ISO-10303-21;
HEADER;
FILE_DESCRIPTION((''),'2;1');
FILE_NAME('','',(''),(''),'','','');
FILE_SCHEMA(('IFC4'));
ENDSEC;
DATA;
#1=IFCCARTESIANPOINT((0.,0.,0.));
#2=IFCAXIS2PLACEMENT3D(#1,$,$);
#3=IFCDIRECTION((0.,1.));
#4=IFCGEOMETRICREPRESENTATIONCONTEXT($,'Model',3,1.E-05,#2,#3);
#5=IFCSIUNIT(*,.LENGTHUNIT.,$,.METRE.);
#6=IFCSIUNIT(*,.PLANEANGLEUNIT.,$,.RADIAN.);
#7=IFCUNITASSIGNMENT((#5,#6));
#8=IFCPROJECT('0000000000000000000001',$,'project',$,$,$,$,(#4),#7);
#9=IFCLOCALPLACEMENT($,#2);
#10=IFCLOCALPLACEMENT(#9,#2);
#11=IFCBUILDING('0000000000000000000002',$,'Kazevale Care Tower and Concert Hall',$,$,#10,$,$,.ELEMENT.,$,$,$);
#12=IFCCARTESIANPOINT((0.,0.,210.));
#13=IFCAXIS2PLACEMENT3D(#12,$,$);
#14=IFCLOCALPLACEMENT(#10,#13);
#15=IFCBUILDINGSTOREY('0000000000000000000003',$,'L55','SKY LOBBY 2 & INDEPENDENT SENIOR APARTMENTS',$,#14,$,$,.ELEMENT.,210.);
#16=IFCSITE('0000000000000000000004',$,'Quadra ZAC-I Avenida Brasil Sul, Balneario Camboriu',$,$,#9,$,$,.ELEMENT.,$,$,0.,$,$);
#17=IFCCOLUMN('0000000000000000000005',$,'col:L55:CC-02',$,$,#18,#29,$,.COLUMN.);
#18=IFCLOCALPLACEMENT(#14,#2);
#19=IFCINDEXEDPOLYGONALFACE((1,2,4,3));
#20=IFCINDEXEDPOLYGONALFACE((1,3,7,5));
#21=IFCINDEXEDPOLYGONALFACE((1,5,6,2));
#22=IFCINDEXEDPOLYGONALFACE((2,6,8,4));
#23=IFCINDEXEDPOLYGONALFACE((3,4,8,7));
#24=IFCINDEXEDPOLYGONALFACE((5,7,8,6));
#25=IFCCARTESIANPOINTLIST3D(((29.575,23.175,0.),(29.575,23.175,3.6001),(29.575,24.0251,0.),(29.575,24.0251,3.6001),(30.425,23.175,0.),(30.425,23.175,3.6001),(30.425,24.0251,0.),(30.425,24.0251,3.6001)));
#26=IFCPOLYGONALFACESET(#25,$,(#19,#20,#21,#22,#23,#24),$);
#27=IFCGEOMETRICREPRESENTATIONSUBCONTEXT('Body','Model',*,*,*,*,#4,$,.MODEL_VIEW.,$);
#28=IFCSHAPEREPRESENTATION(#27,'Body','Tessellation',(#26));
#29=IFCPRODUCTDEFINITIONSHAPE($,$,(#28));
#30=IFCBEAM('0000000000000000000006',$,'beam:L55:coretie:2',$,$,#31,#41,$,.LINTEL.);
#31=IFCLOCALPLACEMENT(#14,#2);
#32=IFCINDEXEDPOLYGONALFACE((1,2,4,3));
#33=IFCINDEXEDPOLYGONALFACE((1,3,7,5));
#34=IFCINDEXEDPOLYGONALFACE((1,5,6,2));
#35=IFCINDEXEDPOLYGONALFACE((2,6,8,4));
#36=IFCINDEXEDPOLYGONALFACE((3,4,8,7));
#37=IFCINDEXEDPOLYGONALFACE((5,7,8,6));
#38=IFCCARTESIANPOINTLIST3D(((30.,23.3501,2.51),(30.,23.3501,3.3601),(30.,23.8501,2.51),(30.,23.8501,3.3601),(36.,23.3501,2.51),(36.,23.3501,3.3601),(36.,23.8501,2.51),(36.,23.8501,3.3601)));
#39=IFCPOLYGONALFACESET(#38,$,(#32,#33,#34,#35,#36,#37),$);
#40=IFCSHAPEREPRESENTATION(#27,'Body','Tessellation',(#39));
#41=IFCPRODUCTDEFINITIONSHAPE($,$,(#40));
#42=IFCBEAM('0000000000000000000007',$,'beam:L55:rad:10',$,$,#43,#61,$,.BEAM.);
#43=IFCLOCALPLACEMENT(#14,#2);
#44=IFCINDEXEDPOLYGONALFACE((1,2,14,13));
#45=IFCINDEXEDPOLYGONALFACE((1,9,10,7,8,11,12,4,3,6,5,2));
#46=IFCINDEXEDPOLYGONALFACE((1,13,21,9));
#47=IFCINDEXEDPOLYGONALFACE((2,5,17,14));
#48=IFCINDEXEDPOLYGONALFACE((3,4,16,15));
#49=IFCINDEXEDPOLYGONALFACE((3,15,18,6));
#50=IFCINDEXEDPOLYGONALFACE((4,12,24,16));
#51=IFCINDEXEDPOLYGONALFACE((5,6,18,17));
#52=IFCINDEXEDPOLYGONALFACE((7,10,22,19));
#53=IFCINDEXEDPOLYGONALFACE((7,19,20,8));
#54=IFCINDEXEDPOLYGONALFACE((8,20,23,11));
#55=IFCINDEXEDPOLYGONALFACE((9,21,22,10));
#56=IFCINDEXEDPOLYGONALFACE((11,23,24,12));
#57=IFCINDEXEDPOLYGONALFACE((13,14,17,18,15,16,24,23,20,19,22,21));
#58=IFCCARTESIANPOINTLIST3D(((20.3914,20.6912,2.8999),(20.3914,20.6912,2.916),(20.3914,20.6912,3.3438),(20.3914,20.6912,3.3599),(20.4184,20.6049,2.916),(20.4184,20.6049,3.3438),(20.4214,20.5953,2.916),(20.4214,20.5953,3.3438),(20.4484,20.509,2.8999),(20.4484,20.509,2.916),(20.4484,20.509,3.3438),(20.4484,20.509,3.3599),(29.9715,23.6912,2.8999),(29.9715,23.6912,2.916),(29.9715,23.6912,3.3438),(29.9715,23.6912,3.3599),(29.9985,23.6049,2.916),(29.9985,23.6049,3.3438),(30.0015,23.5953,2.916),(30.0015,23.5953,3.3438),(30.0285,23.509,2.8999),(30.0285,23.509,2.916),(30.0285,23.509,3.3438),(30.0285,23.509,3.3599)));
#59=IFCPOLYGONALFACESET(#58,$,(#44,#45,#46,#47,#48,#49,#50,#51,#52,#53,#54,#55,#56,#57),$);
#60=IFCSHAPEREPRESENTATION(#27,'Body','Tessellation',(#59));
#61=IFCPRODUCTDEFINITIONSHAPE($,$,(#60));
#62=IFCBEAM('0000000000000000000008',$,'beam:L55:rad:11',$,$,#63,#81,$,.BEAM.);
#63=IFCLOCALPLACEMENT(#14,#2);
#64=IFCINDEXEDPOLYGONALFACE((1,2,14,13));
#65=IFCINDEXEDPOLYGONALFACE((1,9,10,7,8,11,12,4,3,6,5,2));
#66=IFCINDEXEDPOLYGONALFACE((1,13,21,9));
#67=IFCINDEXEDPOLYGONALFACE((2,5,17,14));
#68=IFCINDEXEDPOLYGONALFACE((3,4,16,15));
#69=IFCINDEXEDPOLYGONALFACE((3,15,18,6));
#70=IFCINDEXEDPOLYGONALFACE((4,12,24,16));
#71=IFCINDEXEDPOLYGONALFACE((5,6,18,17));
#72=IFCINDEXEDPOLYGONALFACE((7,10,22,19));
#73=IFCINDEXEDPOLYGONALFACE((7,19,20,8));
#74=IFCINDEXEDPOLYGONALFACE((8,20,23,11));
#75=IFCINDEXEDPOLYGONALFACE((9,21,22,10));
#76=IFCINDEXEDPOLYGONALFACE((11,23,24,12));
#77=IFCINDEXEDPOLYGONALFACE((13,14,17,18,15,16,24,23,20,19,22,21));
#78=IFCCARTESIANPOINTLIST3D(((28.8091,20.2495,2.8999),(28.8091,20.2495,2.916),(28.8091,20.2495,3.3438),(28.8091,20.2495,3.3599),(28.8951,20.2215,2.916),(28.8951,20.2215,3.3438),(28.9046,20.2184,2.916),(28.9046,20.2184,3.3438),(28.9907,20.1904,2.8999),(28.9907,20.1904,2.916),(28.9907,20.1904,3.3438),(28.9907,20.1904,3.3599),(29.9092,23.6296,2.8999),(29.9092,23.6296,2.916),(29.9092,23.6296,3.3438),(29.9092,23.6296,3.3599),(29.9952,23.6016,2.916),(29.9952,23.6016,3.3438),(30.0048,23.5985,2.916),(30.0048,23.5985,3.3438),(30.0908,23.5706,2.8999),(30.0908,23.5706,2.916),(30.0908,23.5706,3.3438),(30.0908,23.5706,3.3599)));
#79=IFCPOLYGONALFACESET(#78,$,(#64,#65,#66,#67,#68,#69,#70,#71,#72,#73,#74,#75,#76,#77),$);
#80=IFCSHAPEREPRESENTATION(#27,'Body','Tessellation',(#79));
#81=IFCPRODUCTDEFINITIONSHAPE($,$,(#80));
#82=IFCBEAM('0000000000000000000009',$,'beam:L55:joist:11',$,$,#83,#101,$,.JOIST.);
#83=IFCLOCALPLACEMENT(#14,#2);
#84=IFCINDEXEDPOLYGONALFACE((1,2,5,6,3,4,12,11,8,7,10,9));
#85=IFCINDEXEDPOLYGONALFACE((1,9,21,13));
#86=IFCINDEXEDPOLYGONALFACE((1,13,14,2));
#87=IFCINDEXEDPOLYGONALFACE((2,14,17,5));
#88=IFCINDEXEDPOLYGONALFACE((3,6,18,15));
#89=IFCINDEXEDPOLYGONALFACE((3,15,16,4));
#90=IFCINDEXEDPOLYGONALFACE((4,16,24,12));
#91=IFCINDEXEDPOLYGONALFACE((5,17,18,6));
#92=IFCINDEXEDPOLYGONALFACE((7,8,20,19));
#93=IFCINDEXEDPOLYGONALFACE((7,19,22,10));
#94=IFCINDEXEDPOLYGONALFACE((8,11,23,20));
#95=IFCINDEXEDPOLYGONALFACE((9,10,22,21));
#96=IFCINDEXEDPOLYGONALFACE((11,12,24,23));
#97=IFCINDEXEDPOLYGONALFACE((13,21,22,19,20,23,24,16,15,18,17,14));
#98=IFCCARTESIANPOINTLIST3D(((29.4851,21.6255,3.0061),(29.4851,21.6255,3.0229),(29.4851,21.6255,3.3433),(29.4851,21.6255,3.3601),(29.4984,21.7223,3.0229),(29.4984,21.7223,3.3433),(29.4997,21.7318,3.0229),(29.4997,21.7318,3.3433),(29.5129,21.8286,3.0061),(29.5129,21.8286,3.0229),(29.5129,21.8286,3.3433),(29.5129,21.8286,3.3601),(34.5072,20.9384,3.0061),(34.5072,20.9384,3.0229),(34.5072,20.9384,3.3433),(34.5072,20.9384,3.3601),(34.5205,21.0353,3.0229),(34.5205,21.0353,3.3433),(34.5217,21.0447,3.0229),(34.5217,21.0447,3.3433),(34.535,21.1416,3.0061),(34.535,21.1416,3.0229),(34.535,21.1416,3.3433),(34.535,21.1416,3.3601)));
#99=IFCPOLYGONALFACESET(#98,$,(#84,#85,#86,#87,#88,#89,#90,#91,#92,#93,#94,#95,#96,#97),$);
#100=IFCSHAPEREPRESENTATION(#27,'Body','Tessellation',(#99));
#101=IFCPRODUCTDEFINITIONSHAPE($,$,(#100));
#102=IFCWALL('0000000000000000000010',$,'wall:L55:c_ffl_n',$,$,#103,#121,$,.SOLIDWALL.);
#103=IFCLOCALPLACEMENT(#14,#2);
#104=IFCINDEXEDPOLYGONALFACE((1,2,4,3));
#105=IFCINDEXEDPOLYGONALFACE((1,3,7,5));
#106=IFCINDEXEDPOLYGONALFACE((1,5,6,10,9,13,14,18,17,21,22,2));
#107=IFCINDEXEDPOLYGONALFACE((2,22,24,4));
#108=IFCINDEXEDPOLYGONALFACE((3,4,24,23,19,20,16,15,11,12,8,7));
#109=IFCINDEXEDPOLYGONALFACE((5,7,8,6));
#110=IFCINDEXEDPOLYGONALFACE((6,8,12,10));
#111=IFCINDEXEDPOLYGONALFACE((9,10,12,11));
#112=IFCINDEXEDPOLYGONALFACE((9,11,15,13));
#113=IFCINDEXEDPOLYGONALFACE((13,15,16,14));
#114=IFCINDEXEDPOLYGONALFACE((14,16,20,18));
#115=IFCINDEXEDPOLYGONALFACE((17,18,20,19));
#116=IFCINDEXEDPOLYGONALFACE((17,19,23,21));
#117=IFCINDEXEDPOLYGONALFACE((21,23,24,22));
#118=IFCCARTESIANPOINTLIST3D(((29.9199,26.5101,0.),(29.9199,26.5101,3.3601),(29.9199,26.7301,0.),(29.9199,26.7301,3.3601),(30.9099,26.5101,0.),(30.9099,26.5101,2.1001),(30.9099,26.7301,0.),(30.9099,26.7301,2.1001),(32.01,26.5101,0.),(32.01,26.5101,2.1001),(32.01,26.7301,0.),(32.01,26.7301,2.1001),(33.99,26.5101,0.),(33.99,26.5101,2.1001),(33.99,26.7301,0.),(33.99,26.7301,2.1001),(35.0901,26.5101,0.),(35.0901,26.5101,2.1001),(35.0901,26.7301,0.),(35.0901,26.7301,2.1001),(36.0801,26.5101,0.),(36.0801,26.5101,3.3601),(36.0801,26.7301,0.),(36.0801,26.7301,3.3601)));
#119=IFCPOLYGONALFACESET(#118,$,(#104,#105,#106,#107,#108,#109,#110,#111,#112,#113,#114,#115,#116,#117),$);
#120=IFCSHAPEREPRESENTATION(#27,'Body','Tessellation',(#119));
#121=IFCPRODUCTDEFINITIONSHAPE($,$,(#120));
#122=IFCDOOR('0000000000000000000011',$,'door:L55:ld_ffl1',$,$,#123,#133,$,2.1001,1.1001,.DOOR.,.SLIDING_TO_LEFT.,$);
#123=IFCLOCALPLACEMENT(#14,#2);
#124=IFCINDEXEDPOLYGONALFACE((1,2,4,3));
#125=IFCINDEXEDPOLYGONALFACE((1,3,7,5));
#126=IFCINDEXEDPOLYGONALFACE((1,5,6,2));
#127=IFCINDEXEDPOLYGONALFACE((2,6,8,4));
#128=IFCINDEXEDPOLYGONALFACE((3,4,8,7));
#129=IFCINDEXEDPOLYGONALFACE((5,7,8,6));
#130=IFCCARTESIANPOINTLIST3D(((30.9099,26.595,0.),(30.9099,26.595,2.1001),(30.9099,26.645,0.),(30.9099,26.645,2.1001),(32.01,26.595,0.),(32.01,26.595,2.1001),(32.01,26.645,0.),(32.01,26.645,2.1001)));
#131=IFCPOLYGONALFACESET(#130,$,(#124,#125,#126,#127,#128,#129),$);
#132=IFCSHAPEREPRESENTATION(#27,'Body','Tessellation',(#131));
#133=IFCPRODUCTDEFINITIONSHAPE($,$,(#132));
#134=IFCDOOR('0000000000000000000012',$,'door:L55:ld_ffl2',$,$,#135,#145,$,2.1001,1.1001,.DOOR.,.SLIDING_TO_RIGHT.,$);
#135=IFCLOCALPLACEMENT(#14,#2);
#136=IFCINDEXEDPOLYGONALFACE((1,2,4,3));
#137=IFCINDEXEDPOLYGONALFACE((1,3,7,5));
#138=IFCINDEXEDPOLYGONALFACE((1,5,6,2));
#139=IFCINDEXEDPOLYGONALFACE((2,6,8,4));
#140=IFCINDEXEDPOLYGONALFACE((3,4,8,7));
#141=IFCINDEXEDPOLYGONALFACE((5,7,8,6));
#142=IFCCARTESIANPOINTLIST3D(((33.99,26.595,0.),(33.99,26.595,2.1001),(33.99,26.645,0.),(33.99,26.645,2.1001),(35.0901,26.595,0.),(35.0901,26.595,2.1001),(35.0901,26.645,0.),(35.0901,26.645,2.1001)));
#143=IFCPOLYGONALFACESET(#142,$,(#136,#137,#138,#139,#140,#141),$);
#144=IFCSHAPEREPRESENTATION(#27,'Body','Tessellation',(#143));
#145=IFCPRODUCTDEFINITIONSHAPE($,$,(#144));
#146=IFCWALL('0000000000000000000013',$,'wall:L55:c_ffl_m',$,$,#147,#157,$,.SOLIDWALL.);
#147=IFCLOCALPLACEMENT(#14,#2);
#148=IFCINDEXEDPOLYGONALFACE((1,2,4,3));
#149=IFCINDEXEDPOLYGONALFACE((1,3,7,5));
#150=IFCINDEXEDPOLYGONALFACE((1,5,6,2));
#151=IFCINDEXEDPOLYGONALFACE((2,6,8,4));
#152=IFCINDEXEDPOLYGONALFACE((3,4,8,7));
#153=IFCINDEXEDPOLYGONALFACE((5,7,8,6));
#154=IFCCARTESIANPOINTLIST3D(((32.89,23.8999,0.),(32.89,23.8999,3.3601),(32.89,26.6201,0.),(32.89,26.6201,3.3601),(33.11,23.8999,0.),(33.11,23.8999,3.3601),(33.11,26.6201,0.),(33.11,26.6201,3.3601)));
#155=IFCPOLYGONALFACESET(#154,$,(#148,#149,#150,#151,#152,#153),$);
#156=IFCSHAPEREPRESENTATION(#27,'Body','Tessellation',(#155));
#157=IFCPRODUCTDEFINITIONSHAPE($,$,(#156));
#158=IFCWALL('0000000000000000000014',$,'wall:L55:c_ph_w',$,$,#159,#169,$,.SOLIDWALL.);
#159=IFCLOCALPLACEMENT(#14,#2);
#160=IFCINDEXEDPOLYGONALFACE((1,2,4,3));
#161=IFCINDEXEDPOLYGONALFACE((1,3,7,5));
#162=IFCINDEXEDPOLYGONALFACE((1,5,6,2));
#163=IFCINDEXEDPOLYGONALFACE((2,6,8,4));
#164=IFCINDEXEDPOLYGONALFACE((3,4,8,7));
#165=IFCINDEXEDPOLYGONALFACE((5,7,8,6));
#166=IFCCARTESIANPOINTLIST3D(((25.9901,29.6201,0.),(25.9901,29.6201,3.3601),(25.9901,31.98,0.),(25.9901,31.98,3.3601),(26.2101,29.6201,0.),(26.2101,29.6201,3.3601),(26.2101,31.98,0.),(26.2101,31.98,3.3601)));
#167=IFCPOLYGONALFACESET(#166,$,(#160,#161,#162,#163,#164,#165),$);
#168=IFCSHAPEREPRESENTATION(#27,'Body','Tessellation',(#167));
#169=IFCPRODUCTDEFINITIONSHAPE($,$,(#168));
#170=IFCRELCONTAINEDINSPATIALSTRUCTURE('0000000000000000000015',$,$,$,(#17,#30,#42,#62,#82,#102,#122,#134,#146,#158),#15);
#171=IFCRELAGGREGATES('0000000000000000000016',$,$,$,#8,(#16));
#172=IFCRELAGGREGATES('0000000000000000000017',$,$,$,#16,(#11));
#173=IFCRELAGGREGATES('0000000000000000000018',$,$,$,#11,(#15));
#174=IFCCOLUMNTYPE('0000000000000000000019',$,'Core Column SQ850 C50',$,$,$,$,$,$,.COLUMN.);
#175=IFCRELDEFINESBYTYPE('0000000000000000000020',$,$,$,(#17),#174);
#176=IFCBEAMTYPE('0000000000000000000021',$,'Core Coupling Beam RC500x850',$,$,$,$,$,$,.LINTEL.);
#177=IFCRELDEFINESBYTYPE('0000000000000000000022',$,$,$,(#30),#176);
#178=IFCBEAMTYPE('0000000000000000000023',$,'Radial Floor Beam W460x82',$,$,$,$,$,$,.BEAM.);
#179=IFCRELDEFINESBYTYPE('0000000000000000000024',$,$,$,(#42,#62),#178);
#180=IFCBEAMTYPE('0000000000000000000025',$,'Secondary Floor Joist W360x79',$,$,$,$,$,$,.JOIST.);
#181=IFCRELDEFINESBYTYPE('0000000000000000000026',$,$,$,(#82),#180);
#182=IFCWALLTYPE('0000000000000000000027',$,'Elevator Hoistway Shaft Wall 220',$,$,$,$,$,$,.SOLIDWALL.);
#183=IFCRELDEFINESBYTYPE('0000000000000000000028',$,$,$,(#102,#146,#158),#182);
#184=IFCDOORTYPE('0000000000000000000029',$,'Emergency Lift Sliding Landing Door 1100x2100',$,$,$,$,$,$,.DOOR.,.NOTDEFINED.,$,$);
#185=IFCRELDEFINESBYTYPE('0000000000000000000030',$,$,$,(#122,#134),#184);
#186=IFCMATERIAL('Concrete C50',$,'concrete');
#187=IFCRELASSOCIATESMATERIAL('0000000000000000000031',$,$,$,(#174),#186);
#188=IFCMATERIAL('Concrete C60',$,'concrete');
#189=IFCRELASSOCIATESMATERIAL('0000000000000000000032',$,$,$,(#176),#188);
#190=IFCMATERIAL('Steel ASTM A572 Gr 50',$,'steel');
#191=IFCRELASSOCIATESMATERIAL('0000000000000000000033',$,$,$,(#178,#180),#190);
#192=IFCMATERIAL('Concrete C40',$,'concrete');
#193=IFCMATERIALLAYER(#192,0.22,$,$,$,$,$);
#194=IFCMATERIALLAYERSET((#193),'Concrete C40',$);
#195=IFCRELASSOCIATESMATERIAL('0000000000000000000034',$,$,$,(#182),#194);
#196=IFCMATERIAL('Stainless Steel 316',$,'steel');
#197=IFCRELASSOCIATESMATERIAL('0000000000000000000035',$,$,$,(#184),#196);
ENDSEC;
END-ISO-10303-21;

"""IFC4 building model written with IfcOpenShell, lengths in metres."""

from ifc_helpers import new_model, si_unit, direction, frame, frame_2d, origin, origin_2d, place, context, subcontext, project, spatial, rectangle, i_section, extrude, material, layer, layer_set, material_profile, profile_set, type_object, element, fill, save


model = new_model("IFC4")

# Units and contexts
model_context = context("Model", 3, precision=1e-05, world=origin(), true_north=direction((0.0, 1.0)))
body_context = subcontext(model_context, "Body", "Model", "MODEL_VIEW")
ifc_project = project(units=[si_unit("LENGTHUNIT", "METRE"), si_unit("PLANEANGLEUNIT", "RADIAN")], contexts=[model_context])

# Site, building, storey
site_placement = place(None, origin())
site = spatial("IfcSite", under=ifc_project, at=site_placement, Name="Quadra ZAC-I Avenida Brasil Sul, Balneario Camboriu", CompositionType="ELEMENT", RefElevation=0.0)
building_placement = place(site_placement, origin())
building = spatial("IfcBuilding", under=site, at=building_placement, Name="Kazevale Care Tower and Concert Hall", CompositionType="ELEMENT")
storey_placement = place(building_placement, frame((0.0, 0.0, 210.0)))
storey = spatial("IfcBuildingStorey", under=building, at=storey_placement, Name="L55", Description="SKY LOBBY 2 & INDEPENDENT SENIOR APARTMENTS", CompositionType="ELEMENT", Elevation=210.0)

# Column
ifc_material_1 = material(Name="Concrete C50", Category="concrete")
ifc_material_profile_1 = material_profile(ifc_material_1, rectangle(XDim=0.8501, YDim=0.8501, at=origin_2d()), Name="RC-SQ850")
ifc_profile_set_1 = profile_set([ifc_material_profile_1], Name="Concrete C50")
column_type = type_object("IfcColumnType", Name="Core Column SQ850 C50", PredefinedType="COLUMN", material=ifc_profile_set_1)
column_placement = place(storey_placement, frame((30.0, 23.6001, 0.0), z_axis=(0.0, 0.0, 1.0), x_axis=(1.0, 0.0, 0.0)))
element("IfcColumn", 1, at=column_placement, inside=storey, type_object=column_type, Name="col:L55:CC-02", PredefinedType="COLUMN", context=body_context, shape_type="SweptSolid", body=[
    extrude(rectangle(XDim=0.8501, YDim=0.8501, at=origin_2d()), origin(), (0.0, 0.0, 1.0), 3.6001),
])

# Beams
ifc_material_2 = material(Name="Concrete C60", Category="concrete")
ifc_material_profile_2 = material_profile(ifc_material_2, rectangle(XDim=0.5, YDim=0.8501, at=origin_2d()), Name="RC-B500x850")
ifc_profile_set_2 = profile_set([ifc_material_profile_2], Name="Concrete C60")
beam_type_1 = type_object("IfcBeamType", Name="Core Coupling Beam RC500x850", PredefinedType="LINTEL", material=ifc_profile_set_2)
beam_1_placement = place(storey_placement, frame((30.0, 23.6001, 2.9351), z_axis=(1.0, 0.0, 0.0), x_axis=(0.0, 1.0, 0.0)))
element("IfcBeam", 2, at=beam_1_placement, inside=storey, type_object=beam_type_1, Name="beam:L55:coretie:2", PredefinedType="LINTEL", context=body_context, shape_type="SweptSolid", body=[
    extrude(rectangle(XDim=0.5, YDim=0.8501, at=origin_2d()), origin(), (0.0, 0.0, 1.0), 6.0),
])
ifc_material_3 = material(Name="Steel ASTM A572 Gr 50", Category="steel")
ifc_material_profile_3 = material_profile(ifc_material_3, i_section(OverallWidth=0.1909, OverallDepth=0.46, WebThickness=0.01, FlangeThickness=0.0161, at=origin_2d()), Name="W460x82")
ifc_profile_set_3 = profile_set([ifc_material_profile_3], Name="Steel ASTM A572 Gr 50")
beam_type_2 = type_object("IfcBeamType", Name="Radial Floor Beam W460x82", PredefinedType="BEAM", material=ifc_profile_set_3)
beam_2_placement = place(storey_placement, frame((30.0, 23.6001, 3.1299), z_axis=(-0.954303, -0.29884, 0.0), x_axis=(0.29884, -0.954303, 0.0)))
element("IfcBeam", 3, at=beam_2_placement, inside=storey, type_object=beam_type_2, Name="beam:L55:rad:10", PredefinedType="BEAM", context=body_context, shape_type="SweptSolid", body=[
    extrude(i_section(OverallWidth=0.1909, OverallDepth=0.46, WebThickness=0.01, FlangeThickness=0.0161, at=origin_2d()), origin(), (0.0, 0.0, 1.0), 10.0388),
])
beam_3_placement = place(storey_placement, frame((30.0, 23.6001, 3.1299), z_axis=(-0.309482, -0.950905, 0.0), x_axis=(0.950905, -0.309482, 0.0)))
element("IfcBeam", 4, at=beam_3_placement, inside=storey, type_object=beam_type_2, Name="beam:L55:rad:11", PredefinedType="BEAM", context=body_context, shape_type="SweptSolid", body=[
    extrude(i_section(OverallWidth=0.1909, OverallDepth=0.46, WebThickness=0.01, FlangeThickness=0.0161, at=origin_2d()), origin(), (0.0, 0.0, 1.0), 3.5547),
])
ifc_material_profile_4 = material_profile(ifc_material_3, i_section(OverallWidth=0.2051, OverallDepth=0.354, WebThickness=0.0095, FlangeThickness=0.0168, at=origin_2d()), Name="W360x79")
ifc_profile_set_4 = profile_set([ifc_material_profile_4], Name="Steel ASTM A572 Gr 50")
beam_type_3 = type_object("IfcBeamType", Name="Secondary Floor Joist W360x79", PredefinedType="JOIST", material=ifc_profile_set_4)
beam_4_placement = place(storey_placement, frame((29.499, 21.7271, 3.1831), z_axis=(0.990772, -0.135539, 0.0), x_axis=(0.135539, 0.990772, 0.0)))
element("IfcBeam", 5, at=beam_4_placement, inside=storey, type_object=beam_type_3, Name="beam:L55:joist:11", PredefinedType="JOIST", context=body_context, shape_type="SweptSolid", body=[
    extrude(i_section(OverallWidth=0.2051, OverallDepth=0.354, WebThickness=0.0095, FlangeThickness=0.0168, at=origin_2d()), origin(), (0.0, 0.0, 1.0), 5.0688),
])

# Wall, openings, doors
ifc_material_4 = material(Name="Concrete C40", Category="concrete")
ifc_layer_1 = layer(ifc_material_4, 0.22)
ifc_layer_set_1 = layer_set([ifc_layer_1], Name="Concrete C40")
wall_type_1 = type_object("IfcWallType", Name="Elevator Hoistway Shaft Wall 220", PredefinedType="SOLIDWALL", material=ifc_layer_set_1)
wall_1_placement = place(storey_placement, frame((29.9199, 26.6201, 0.0), z_axis=(0.0, 0.0, 1.0), x_axis=(1.0, 0.0, 0.0)))
wall_1 = element("IfcWall", 6, at=wall_1_placement, inside=storey, type_object=wall_type_1, Name="wall:L55:c_ffl_n", PredefinedType="SOLIDWALL", context=body_context, shape_type="SweptSolid", body=[
    extrude(rectangle(XDim=6.1602, YDim=0.22, at=frame_2d((3.0801, 0.0))), origin(), (0.0, 0.0, 1.0), 3.3601),
])
opening_1_placement = place(wall_1_placement, frame((0.99, 0.0, 0.0)))
opening_1 = element("IfcOpeningElement", 7, at=opening_1_placement, cuts=wall_1, PredefinedType="OPENING", context=body_context, shape_type="SweptSolid", body=[
    extrude(rectangle(XDim=1.1001, YDim=2.1001, at=frame_2d((0.55, 1.05))), frame((0.0, 0.1199, 0.0), z_axis=(0.0, -1.0, 0.0), x_axis=(1.0, 0.0, 0.0)), (0.0, 0.0, 1.0), 0.24),
])
opening_2_placement = place(wall_1_placement, frame((4.0701, 0.0, 0.0)))
opening_2 = element("IfcOpeningElement", 8, at=opening_2_placement, cuts=wall_1, PredefinedType="OPENING", context=body_context, shape_type="SweptSolid", body=[
    extrude(rectangle(XDim=1.1001, YDim=2.1001, at=frame_2d((0.55, 1.05))), frame((0.0, 0.1199, 0.0), z_axis=(0.0, -1.0, 0.0), x_axis=(1.0, 0.0, 0.0)), (0.0, 0.0, 1.0), 0.24),
])
ifc_material_5 = material(Name="Stainless Steel 316", Category="steel")
door_type_1 = type_object("IfcDoorType", Name="Emergency Lift Sliding Landing Door 1100x2100", OperationType="NOTDEFINED", PredefinedType="DOOR", material=ifc_material_5)
door_1_placement = place(opening_1_placement, origin())
door_1 = element("IfcDoor", 9, at=door_1_placement, inside=storey, type_object=door_type_1, Name="door:L55:ld_ffl1", OperationType="SLIDING_TO_LEFT", OverallHeight=2.1001, OverallWidth=1.1001, PredefinedType="DOOR", context=body_context, shape_type="SweptSolid", body=[
    extrude(rectangle(XDim=1.1001, YDim=2.1001, at=frame_2d((0.55, 1.05))), frame((0.0, 0.0249, 0.0), z_axis=(0.0, -1.0, 0.0), x_axis=(1.0, 0.0, 0.0)), (0.0, 0.0, 1.0), 0.05),
])
fill(opening_1, door_1)
door_2_placement = place(opening_2_placement, origin())
door_2 = element("IfcDoor", 10, at=door_2_placement, inside=storey, type_object=door_type_1, Name="door:L55:ld_ffl2", OperationType="SLIDING_TO_RIGHT", OverallHeight=2.1001, OverallWidth=1.1001, PredefinedType="DOOR", context=body_context, shape_type="SweptSolid", body=[
    extrude(rectangle(XDim=1.1001, YDim=2.1001, at=frame_2d((0.55, 1.05))), frame((0.0, 0.0249, 0.0), z_axis=(0.0, -1.0, 0.0), x_axis=(1.0, 0.0, 0.0)), (0.0, 0.0, 1.0), 0.05),
])
fill(opening_2, door_2)

# Walls
wall_2_placement = place(storey_placement, frame((33.0, 23.8999, 0.0), z_axis=(0.0, 0.0, 1.0), x_axis=(0.0, 1.0, 0.0)))
element("IfcWall", 11, at=wall_2_placement, inside=storey, type_object=wall_type_1, Name="wall:L55:c_ffl_m", PredefinedType="SOLIDWALL", context=body_context, shape_type="SweptSolid", body=[
    extrude(rectangle(XDim=2.7202, YDim=0.22, at=frame_2d((1.3601, 0.0))), origin(), (0.0, 0.0, 1.0), 3.3601),
])
for number, where, z_axis, x_axis, name in (
    (12, (26.1001, 29.6201, 0.0), (0.0, 0.0, 1.0), (0.0, 1.0, 0.0), "wall:L55:c_ph_w"),
):
    element("IfcWall", number, at=place(storey_placement, frame(where, z_axis=z_axis, x_axis=x_axis)), inside=storey, type_object=wall_type_1, Name=name, PredefinedType="SOLIDWALL", context=body_context, shape_type="SweptSolid", body=[
        extrude(rectangle(XDim=2.3599, YDim=0.22, at=frame_2d((1.1799, 0.0))), origin(), (0.0, 0.0, 1.0), 3.3601),
    ])

save(model, "model.ifc")
